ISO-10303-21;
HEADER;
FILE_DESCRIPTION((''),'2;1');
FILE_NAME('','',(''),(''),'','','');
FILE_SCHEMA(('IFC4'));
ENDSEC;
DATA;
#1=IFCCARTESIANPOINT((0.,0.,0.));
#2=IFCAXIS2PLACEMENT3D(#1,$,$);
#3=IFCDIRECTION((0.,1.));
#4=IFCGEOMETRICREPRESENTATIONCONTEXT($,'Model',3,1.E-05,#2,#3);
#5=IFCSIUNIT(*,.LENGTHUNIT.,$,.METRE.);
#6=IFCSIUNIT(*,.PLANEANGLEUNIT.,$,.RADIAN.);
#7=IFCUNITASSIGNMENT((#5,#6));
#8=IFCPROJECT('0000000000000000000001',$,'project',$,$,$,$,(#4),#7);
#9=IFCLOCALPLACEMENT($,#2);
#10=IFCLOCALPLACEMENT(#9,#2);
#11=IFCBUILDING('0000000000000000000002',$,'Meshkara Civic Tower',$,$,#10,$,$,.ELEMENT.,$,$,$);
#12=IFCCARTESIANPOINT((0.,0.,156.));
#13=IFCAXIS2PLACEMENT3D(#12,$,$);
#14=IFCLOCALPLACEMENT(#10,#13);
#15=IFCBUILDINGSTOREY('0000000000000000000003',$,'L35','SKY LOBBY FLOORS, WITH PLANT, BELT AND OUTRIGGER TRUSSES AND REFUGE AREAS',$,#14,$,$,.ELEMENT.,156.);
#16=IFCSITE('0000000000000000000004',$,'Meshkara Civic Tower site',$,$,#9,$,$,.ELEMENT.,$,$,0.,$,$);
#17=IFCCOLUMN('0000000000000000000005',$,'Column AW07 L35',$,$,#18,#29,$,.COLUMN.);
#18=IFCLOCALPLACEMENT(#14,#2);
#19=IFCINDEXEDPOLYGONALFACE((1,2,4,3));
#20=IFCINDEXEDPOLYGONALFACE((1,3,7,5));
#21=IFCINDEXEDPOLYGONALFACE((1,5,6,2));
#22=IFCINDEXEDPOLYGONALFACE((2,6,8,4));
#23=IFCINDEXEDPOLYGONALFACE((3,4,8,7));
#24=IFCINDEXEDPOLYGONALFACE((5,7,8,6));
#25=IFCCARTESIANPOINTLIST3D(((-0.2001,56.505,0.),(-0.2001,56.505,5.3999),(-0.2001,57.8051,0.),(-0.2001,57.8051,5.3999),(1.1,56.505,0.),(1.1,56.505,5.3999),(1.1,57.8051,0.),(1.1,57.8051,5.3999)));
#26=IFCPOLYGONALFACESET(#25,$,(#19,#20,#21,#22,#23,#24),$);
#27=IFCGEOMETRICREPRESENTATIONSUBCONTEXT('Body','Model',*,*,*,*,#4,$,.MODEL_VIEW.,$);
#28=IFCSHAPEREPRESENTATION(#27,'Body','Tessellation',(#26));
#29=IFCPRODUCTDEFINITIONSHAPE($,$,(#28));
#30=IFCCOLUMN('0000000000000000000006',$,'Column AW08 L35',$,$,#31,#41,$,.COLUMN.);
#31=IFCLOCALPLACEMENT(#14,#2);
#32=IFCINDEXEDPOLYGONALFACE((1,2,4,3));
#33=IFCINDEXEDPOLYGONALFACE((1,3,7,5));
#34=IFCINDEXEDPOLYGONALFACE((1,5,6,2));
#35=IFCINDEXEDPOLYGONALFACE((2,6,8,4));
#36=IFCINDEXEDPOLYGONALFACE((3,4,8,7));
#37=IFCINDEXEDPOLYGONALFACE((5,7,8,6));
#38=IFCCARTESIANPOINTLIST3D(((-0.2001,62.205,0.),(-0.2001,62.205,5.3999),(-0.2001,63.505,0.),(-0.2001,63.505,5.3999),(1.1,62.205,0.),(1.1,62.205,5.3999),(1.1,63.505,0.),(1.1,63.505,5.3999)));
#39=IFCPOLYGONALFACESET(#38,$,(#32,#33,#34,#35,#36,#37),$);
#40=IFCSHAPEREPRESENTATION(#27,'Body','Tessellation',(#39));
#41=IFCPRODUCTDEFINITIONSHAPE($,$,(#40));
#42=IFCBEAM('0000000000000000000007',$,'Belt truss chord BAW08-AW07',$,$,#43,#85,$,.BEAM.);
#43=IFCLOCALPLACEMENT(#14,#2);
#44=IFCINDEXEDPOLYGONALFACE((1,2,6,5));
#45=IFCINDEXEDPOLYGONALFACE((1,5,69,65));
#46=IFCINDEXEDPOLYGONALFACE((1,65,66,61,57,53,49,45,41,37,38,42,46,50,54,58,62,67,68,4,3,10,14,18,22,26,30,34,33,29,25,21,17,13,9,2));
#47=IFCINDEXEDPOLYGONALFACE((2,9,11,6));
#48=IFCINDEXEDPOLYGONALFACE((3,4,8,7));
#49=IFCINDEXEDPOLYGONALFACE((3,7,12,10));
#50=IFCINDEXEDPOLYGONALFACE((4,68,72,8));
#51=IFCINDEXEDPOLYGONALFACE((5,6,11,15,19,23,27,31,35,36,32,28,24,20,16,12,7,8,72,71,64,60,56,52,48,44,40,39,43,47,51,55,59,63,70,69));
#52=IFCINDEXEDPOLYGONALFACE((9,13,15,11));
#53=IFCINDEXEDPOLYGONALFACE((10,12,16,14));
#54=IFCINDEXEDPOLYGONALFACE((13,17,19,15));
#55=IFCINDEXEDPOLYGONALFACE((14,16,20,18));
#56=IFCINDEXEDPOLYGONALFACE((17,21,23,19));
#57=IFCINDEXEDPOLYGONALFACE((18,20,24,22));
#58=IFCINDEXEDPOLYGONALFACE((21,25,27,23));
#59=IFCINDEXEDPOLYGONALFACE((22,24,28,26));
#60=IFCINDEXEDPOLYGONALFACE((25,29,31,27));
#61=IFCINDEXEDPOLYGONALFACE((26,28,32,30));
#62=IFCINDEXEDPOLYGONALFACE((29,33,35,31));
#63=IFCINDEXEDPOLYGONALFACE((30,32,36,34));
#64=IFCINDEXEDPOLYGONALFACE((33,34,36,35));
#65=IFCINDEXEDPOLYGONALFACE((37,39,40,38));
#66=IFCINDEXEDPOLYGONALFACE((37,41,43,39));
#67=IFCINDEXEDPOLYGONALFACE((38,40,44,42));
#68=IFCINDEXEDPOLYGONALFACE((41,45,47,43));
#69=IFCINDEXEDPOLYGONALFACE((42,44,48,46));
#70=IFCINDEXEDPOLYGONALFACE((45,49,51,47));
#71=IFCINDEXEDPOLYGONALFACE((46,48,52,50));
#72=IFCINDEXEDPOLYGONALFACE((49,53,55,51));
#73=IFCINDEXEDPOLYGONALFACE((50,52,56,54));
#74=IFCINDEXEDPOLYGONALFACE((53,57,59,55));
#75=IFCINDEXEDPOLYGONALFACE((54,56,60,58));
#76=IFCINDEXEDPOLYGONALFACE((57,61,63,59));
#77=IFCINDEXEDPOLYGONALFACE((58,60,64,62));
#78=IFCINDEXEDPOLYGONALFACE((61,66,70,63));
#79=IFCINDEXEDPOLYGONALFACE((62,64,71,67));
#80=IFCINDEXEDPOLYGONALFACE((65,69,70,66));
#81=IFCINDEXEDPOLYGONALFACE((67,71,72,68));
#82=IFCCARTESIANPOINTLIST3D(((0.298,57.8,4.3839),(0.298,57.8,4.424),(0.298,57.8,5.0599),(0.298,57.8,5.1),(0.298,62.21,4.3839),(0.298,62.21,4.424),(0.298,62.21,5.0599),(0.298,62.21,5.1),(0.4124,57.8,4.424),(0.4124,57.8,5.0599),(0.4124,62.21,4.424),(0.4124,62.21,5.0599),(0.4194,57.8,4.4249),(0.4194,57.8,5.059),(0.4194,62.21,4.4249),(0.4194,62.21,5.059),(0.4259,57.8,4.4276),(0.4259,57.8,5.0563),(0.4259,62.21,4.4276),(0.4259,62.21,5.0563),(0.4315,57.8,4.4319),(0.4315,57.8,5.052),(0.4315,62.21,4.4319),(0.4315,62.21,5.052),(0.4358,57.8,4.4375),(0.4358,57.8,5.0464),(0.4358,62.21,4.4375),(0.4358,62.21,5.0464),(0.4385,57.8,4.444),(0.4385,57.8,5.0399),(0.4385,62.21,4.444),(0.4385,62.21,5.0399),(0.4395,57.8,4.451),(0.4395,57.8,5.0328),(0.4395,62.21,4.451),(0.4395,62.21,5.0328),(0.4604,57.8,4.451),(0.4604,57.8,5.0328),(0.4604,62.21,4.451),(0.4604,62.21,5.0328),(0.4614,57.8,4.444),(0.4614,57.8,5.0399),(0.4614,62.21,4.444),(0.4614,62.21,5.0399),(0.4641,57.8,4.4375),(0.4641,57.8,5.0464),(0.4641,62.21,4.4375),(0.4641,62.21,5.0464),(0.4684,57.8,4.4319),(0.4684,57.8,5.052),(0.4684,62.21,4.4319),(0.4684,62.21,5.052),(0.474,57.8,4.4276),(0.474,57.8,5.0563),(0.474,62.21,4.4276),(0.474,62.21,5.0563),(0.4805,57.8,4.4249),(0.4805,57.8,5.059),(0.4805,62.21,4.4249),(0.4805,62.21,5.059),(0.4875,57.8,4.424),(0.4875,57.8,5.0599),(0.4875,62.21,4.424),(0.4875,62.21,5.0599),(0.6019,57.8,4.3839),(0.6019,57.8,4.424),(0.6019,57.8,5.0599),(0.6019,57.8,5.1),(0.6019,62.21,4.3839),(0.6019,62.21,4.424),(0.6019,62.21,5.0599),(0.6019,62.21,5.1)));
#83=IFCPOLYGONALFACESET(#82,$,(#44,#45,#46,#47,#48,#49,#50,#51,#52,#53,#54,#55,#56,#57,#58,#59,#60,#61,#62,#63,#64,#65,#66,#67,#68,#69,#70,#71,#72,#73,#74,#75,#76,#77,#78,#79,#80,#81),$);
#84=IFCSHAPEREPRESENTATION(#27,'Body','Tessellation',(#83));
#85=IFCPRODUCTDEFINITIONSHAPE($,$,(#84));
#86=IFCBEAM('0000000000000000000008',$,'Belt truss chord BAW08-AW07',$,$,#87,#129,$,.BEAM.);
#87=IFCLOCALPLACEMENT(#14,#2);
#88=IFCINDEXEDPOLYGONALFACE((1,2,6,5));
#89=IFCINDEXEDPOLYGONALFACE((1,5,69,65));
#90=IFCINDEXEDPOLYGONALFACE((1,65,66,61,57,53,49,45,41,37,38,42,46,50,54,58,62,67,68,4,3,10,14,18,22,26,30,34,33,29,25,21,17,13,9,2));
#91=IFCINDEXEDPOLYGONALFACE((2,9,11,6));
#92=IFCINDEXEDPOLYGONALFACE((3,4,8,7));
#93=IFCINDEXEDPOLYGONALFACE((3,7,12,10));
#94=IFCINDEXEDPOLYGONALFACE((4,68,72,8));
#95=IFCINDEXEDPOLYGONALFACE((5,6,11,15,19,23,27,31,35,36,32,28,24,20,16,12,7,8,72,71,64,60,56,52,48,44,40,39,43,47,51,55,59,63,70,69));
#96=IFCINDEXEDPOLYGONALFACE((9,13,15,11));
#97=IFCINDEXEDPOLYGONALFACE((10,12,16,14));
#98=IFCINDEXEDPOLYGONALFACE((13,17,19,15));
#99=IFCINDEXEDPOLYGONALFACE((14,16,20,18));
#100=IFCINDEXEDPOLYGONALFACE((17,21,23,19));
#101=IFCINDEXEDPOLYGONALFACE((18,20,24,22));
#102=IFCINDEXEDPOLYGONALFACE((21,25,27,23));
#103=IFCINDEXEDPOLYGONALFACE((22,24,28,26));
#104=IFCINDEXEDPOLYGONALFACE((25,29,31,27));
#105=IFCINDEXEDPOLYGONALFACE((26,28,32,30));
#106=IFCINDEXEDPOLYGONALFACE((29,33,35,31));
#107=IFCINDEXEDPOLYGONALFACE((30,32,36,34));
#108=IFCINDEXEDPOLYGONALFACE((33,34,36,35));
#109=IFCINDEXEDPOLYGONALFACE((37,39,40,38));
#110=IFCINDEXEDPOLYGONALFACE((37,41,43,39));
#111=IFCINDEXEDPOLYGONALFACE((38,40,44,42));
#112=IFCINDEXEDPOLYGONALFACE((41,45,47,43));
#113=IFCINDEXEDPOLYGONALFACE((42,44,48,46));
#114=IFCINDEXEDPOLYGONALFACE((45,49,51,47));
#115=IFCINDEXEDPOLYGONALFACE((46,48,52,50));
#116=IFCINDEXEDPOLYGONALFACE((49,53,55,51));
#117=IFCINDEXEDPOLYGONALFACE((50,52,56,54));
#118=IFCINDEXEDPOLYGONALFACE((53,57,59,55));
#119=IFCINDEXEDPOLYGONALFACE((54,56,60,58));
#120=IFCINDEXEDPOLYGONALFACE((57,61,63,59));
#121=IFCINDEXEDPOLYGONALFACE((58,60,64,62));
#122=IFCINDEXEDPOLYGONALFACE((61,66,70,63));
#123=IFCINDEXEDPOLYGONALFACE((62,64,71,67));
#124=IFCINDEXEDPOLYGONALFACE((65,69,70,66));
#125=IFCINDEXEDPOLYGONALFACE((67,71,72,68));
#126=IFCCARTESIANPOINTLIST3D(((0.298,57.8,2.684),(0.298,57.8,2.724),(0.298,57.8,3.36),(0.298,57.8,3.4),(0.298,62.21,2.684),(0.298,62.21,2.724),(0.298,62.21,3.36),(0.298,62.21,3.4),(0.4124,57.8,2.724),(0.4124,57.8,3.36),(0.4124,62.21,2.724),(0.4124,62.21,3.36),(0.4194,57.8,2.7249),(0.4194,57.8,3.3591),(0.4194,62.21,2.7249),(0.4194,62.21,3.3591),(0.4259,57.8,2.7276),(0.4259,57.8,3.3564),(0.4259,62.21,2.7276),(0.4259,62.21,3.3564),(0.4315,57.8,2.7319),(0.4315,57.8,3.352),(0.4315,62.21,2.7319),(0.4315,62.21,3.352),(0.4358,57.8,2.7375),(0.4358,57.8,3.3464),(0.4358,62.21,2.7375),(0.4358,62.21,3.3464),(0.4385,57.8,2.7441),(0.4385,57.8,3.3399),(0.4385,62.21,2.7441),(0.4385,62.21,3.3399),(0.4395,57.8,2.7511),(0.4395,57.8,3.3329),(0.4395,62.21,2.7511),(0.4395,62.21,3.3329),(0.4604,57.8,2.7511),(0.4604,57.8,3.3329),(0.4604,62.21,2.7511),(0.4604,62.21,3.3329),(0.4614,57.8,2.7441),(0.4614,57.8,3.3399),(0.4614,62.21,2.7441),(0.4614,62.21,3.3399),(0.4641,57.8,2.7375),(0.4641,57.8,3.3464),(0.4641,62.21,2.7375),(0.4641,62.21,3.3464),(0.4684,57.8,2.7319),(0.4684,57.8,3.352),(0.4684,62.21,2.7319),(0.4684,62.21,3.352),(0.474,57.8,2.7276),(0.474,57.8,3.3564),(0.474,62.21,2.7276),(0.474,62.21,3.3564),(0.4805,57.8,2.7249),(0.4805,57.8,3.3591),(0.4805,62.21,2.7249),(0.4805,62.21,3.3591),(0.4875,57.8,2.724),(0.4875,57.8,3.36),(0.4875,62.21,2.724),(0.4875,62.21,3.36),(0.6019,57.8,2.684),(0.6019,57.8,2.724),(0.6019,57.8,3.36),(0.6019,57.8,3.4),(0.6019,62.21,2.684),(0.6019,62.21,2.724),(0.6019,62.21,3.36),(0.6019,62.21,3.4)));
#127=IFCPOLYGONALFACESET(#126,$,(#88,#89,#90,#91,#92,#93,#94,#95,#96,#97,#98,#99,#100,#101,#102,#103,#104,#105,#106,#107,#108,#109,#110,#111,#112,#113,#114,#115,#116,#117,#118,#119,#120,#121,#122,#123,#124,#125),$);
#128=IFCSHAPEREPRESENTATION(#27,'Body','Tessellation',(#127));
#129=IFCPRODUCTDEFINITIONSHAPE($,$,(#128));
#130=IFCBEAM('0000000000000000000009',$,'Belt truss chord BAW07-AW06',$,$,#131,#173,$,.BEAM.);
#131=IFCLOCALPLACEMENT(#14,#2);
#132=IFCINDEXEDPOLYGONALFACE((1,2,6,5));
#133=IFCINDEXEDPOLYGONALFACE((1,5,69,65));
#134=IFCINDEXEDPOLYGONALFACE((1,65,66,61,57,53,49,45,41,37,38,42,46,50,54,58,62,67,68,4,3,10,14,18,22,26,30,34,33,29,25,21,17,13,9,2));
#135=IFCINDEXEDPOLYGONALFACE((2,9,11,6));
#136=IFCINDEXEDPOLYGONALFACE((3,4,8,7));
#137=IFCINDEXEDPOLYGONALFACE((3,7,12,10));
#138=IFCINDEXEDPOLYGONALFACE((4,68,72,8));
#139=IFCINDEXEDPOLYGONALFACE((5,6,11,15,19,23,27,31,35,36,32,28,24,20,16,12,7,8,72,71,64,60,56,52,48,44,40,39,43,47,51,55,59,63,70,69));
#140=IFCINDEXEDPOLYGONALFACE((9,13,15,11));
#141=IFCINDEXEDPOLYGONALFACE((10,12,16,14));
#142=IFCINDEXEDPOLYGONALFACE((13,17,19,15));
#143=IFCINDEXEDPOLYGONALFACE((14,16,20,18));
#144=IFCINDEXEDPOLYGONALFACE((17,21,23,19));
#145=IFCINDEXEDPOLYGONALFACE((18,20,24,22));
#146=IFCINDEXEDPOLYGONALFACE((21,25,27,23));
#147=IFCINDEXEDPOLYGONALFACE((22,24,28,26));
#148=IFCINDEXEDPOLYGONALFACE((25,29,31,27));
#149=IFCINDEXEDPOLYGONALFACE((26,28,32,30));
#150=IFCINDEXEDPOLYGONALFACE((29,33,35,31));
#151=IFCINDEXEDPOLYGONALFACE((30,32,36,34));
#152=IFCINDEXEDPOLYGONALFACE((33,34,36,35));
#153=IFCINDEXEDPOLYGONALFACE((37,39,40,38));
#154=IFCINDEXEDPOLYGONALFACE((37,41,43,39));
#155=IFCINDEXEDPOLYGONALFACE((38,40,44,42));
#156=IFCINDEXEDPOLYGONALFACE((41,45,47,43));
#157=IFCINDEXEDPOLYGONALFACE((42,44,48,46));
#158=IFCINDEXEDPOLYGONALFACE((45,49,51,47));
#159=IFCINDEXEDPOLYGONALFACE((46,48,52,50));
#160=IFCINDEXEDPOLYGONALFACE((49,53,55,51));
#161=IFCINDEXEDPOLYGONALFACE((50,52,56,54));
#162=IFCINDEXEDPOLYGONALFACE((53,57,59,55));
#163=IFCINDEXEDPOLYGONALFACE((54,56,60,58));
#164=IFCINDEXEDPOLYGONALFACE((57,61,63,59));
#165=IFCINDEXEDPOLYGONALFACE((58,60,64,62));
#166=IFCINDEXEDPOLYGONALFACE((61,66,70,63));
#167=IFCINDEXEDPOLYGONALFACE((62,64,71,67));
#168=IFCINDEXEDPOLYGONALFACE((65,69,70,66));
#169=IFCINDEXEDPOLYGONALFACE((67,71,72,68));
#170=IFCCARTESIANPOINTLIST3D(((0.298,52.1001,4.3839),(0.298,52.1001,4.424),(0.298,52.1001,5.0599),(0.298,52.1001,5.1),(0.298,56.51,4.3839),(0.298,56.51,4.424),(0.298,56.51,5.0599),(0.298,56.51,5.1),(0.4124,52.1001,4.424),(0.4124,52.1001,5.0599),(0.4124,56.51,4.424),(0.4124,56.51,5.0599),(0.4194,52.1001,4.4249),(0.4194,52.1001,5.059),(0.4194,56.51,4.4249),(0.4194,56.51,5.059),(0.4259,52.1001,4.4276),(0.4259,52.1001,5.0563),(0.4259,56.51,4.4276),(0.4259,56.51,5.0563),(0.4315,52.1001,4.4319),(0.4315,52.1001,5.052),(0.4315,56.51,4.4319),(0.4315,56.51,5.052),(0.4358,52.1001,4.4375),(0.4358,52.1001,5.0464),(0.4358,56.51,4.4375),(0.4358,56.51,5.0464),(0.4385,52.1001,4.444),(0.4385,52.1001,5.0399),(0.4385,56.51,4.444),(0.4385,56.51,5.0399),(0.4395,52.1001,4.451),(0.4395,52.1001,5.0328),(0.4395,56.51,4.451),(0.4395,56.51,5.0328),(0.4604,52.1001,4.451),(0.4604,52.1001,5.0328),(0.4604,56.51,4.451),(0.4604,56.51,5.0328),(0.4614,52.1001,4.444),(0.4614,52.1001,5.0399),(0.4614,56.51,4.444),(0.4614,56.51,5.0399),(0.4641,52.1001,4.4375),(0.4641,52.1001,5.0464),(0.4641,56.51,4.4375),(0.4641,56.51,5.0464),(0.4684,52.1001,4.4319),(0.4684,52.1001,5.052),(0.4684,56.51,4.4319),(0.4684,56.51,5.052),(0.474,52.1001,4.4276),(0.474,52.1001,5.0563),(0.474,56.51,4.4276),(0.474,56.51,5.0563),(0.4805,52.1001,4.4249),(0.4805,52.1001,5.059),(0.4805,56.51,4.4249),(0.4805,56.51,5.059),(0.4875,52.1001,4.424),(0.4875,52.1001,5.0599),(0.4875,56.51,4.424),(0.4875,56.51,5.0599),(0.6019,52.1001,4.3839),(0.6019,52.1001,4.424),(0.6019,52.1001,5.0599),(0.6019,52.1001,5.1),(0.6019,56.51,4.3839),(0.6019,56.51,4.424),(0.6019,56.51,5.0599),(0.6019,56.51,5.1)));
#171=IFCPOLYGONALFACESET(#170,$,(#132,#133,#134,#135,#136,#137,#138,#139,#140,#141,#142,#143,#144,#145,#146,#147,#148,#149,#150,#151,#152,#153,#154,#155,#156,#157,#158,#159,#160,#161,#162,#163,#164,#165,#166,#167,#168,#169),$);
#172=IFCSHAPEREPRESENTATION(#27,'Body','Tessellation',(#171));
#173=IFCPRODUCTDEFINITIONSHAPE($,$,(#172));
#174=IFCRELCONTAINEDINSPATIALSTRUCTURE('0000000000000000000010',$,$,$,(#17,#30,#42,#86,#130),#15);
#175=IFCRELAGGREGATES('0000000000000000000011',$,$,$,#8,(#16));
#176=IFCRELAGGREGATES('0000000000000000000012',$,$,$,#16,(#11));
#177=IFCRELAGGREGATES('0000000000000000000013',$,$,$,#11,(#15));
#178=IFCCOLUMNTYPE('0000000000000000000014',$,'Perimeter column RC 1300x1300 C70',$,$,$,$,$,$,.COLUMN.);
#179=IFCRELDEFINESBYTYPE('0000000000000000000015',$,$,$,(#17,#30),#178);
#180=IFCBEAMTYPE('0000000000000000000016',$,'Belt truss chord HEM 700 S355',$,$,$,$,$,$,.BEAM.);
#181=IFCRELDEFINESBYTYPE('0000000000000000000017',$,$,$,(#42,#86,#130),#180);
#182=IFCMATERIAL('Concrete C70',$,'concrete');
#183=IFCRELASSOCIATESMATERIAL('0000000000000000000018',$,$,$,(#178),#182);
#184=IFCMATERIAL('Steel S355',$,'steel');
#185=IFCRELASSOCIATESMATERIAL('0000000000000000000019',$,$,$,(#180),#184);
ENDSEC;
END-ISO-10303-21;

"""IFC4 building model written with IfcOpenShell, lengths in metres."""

from ifc_helpers import new_model, si_unit, direction, frame, origin, origin_2d, place, context, subcontext, project, spatial, rectangle, i_section, extrude, material, material_profile, profile_set, type_object, element, save


model = new_model("IFC4")

# Units and contexts
model_context = context("Model", 3, precision=1e-05, world=origin(), true_north=direction((0.0, 1.0)))
body_context = subcontext(model_context, "Body", "Model", "MODEL_VIEW")
ifc_project = project(units=[si_unit("LENGTHUNIT", "METRE"), si_unit("PLANEANGLEUNIT", "RADIAN")], contexts=[model_context])

# Site, building, storey
site_placement = place(None, origin())
site = spatial("IfcSite", under=ifc_project, at=site_placement, Name="Meshkara Civic Tower site", CompositionType="ELEMENT", RefElevation=0.0)
building_placement = place(site_placement, origin())
building = spatial("IfcBuilding", under=site, at=building_placement, Name="Meshkara Civic Tower", CompositionType="ELEMENT")
storey_placement = place(building_placement, frame((0.0, 0.0, 156.0)))
storey = spatial("IfcBuildingStorey", under=building, at=storey_placement, Name="L35", Description="SKY LOBBY FLOORS, WITH PLANT, BELT AND OUTRIGGER TRUSSES AND REFUGE AREAS", CompositionType="ELEMENT", Elevation=156.0)

# Columns
ifc_material_1 = material(Name="Concrete C70", Category="concrete")
ifc_material_profile_1 = material_profile(ifc_material_1, rectangle(XDim=1.3, YDim=1.3, at=origin_2d()))
ifc_profile_set_1 = profile_set([ifc_material_profile_1], Name="Concrete C70")
column_type = type_object("IfcColumnType", Name="Perimeter column RC 1300x1300 C70", PredefinedType="COLUMN", material=ifc_profile_set_1)
for number, where, z_axis, x_axis, name in (
    (1, (0.45, 57.155, 0.0), (0.0, 0.0, 1.0), (1.0, 0.0, 0.0), "Column AW07 L35"),
    (2, (0.45, 62.855, 0.0), (0.0, 0.0, 1.0), (1.0, 0.0, 0.0), "Column AW08 L35"),
):
    element("IfcColumn", number, at=place(storey_placement, frame(where, z_axis=z_axis, x_axis=x_axis)), inside=storey, type_object=column_type, Name=name, PredefinedType="COLUMN", context=body_context, shape_type="SweptSolid", body=[
        extrude(rectangle(XDim=1.3, YDim=1.3, at=origin_2d()), origin(), (0.0, 0.0, 1.0), 5.3999),
    ])

# Beams
ifc_material_2 = material(Name="Steel S355", Category="steel")
ifc_material_profile_2 = material_profile(ifc_material_2, i_section(OverallWidth=0.304, OverallDepth=0.7161, WebThickness=0.021, FlangeThickness=0.04, FilletRadius=0.0271, at=origin_2d()))
ifc_profile_set_2 = profile_set([ifc_material_profile_2], Name="Steel S355")
beam_type = type_object("IfcBeamType", Name="Belt truss chord HEM 700 S355", PredefinedType="BEAM", material=ifc_profile_set_2)
for number, where, z_axis, x_axis, name in (
    (3, (0.45, 62.21, 4.7419), (0.0, -1.0, 0.0), (1.0, 0.0, 0.0), "Belt truss chord BAW08-AW07"),
    (4, (0.45, 62.21, 3.042), (0.0, -1.0, 0.0), (1.0, 0.0, 0.0), "Belt truss chord BAW08-AW07"),
    (5, (0.45, 56.51, 4.7419), (0.0, -1.0, 0.0), (1.0, 0.0, 0.0), "Belt truss chord BAW07-AW06"),
):
    element("IfcBeam", number, at=place(storey_placement, frame(where, z_axis=z_axis, x_axis=x_axis)), inside=storey, type_object=beam_type, Name=name, PredefinedType="BEAM", context=body_context, shape_type="SweptSolid", body=[
        extrude(i_section(OverallWidth=0.304, OverallDepth=0.7161, WebThickness=0.021, FlangeThickness=0.04, FilletRadius=0.0271, at=origin_2d()), origin(), (0.0, 0.0, 1.0), 4.4099),
    ])

save(model, "model.ifc")
